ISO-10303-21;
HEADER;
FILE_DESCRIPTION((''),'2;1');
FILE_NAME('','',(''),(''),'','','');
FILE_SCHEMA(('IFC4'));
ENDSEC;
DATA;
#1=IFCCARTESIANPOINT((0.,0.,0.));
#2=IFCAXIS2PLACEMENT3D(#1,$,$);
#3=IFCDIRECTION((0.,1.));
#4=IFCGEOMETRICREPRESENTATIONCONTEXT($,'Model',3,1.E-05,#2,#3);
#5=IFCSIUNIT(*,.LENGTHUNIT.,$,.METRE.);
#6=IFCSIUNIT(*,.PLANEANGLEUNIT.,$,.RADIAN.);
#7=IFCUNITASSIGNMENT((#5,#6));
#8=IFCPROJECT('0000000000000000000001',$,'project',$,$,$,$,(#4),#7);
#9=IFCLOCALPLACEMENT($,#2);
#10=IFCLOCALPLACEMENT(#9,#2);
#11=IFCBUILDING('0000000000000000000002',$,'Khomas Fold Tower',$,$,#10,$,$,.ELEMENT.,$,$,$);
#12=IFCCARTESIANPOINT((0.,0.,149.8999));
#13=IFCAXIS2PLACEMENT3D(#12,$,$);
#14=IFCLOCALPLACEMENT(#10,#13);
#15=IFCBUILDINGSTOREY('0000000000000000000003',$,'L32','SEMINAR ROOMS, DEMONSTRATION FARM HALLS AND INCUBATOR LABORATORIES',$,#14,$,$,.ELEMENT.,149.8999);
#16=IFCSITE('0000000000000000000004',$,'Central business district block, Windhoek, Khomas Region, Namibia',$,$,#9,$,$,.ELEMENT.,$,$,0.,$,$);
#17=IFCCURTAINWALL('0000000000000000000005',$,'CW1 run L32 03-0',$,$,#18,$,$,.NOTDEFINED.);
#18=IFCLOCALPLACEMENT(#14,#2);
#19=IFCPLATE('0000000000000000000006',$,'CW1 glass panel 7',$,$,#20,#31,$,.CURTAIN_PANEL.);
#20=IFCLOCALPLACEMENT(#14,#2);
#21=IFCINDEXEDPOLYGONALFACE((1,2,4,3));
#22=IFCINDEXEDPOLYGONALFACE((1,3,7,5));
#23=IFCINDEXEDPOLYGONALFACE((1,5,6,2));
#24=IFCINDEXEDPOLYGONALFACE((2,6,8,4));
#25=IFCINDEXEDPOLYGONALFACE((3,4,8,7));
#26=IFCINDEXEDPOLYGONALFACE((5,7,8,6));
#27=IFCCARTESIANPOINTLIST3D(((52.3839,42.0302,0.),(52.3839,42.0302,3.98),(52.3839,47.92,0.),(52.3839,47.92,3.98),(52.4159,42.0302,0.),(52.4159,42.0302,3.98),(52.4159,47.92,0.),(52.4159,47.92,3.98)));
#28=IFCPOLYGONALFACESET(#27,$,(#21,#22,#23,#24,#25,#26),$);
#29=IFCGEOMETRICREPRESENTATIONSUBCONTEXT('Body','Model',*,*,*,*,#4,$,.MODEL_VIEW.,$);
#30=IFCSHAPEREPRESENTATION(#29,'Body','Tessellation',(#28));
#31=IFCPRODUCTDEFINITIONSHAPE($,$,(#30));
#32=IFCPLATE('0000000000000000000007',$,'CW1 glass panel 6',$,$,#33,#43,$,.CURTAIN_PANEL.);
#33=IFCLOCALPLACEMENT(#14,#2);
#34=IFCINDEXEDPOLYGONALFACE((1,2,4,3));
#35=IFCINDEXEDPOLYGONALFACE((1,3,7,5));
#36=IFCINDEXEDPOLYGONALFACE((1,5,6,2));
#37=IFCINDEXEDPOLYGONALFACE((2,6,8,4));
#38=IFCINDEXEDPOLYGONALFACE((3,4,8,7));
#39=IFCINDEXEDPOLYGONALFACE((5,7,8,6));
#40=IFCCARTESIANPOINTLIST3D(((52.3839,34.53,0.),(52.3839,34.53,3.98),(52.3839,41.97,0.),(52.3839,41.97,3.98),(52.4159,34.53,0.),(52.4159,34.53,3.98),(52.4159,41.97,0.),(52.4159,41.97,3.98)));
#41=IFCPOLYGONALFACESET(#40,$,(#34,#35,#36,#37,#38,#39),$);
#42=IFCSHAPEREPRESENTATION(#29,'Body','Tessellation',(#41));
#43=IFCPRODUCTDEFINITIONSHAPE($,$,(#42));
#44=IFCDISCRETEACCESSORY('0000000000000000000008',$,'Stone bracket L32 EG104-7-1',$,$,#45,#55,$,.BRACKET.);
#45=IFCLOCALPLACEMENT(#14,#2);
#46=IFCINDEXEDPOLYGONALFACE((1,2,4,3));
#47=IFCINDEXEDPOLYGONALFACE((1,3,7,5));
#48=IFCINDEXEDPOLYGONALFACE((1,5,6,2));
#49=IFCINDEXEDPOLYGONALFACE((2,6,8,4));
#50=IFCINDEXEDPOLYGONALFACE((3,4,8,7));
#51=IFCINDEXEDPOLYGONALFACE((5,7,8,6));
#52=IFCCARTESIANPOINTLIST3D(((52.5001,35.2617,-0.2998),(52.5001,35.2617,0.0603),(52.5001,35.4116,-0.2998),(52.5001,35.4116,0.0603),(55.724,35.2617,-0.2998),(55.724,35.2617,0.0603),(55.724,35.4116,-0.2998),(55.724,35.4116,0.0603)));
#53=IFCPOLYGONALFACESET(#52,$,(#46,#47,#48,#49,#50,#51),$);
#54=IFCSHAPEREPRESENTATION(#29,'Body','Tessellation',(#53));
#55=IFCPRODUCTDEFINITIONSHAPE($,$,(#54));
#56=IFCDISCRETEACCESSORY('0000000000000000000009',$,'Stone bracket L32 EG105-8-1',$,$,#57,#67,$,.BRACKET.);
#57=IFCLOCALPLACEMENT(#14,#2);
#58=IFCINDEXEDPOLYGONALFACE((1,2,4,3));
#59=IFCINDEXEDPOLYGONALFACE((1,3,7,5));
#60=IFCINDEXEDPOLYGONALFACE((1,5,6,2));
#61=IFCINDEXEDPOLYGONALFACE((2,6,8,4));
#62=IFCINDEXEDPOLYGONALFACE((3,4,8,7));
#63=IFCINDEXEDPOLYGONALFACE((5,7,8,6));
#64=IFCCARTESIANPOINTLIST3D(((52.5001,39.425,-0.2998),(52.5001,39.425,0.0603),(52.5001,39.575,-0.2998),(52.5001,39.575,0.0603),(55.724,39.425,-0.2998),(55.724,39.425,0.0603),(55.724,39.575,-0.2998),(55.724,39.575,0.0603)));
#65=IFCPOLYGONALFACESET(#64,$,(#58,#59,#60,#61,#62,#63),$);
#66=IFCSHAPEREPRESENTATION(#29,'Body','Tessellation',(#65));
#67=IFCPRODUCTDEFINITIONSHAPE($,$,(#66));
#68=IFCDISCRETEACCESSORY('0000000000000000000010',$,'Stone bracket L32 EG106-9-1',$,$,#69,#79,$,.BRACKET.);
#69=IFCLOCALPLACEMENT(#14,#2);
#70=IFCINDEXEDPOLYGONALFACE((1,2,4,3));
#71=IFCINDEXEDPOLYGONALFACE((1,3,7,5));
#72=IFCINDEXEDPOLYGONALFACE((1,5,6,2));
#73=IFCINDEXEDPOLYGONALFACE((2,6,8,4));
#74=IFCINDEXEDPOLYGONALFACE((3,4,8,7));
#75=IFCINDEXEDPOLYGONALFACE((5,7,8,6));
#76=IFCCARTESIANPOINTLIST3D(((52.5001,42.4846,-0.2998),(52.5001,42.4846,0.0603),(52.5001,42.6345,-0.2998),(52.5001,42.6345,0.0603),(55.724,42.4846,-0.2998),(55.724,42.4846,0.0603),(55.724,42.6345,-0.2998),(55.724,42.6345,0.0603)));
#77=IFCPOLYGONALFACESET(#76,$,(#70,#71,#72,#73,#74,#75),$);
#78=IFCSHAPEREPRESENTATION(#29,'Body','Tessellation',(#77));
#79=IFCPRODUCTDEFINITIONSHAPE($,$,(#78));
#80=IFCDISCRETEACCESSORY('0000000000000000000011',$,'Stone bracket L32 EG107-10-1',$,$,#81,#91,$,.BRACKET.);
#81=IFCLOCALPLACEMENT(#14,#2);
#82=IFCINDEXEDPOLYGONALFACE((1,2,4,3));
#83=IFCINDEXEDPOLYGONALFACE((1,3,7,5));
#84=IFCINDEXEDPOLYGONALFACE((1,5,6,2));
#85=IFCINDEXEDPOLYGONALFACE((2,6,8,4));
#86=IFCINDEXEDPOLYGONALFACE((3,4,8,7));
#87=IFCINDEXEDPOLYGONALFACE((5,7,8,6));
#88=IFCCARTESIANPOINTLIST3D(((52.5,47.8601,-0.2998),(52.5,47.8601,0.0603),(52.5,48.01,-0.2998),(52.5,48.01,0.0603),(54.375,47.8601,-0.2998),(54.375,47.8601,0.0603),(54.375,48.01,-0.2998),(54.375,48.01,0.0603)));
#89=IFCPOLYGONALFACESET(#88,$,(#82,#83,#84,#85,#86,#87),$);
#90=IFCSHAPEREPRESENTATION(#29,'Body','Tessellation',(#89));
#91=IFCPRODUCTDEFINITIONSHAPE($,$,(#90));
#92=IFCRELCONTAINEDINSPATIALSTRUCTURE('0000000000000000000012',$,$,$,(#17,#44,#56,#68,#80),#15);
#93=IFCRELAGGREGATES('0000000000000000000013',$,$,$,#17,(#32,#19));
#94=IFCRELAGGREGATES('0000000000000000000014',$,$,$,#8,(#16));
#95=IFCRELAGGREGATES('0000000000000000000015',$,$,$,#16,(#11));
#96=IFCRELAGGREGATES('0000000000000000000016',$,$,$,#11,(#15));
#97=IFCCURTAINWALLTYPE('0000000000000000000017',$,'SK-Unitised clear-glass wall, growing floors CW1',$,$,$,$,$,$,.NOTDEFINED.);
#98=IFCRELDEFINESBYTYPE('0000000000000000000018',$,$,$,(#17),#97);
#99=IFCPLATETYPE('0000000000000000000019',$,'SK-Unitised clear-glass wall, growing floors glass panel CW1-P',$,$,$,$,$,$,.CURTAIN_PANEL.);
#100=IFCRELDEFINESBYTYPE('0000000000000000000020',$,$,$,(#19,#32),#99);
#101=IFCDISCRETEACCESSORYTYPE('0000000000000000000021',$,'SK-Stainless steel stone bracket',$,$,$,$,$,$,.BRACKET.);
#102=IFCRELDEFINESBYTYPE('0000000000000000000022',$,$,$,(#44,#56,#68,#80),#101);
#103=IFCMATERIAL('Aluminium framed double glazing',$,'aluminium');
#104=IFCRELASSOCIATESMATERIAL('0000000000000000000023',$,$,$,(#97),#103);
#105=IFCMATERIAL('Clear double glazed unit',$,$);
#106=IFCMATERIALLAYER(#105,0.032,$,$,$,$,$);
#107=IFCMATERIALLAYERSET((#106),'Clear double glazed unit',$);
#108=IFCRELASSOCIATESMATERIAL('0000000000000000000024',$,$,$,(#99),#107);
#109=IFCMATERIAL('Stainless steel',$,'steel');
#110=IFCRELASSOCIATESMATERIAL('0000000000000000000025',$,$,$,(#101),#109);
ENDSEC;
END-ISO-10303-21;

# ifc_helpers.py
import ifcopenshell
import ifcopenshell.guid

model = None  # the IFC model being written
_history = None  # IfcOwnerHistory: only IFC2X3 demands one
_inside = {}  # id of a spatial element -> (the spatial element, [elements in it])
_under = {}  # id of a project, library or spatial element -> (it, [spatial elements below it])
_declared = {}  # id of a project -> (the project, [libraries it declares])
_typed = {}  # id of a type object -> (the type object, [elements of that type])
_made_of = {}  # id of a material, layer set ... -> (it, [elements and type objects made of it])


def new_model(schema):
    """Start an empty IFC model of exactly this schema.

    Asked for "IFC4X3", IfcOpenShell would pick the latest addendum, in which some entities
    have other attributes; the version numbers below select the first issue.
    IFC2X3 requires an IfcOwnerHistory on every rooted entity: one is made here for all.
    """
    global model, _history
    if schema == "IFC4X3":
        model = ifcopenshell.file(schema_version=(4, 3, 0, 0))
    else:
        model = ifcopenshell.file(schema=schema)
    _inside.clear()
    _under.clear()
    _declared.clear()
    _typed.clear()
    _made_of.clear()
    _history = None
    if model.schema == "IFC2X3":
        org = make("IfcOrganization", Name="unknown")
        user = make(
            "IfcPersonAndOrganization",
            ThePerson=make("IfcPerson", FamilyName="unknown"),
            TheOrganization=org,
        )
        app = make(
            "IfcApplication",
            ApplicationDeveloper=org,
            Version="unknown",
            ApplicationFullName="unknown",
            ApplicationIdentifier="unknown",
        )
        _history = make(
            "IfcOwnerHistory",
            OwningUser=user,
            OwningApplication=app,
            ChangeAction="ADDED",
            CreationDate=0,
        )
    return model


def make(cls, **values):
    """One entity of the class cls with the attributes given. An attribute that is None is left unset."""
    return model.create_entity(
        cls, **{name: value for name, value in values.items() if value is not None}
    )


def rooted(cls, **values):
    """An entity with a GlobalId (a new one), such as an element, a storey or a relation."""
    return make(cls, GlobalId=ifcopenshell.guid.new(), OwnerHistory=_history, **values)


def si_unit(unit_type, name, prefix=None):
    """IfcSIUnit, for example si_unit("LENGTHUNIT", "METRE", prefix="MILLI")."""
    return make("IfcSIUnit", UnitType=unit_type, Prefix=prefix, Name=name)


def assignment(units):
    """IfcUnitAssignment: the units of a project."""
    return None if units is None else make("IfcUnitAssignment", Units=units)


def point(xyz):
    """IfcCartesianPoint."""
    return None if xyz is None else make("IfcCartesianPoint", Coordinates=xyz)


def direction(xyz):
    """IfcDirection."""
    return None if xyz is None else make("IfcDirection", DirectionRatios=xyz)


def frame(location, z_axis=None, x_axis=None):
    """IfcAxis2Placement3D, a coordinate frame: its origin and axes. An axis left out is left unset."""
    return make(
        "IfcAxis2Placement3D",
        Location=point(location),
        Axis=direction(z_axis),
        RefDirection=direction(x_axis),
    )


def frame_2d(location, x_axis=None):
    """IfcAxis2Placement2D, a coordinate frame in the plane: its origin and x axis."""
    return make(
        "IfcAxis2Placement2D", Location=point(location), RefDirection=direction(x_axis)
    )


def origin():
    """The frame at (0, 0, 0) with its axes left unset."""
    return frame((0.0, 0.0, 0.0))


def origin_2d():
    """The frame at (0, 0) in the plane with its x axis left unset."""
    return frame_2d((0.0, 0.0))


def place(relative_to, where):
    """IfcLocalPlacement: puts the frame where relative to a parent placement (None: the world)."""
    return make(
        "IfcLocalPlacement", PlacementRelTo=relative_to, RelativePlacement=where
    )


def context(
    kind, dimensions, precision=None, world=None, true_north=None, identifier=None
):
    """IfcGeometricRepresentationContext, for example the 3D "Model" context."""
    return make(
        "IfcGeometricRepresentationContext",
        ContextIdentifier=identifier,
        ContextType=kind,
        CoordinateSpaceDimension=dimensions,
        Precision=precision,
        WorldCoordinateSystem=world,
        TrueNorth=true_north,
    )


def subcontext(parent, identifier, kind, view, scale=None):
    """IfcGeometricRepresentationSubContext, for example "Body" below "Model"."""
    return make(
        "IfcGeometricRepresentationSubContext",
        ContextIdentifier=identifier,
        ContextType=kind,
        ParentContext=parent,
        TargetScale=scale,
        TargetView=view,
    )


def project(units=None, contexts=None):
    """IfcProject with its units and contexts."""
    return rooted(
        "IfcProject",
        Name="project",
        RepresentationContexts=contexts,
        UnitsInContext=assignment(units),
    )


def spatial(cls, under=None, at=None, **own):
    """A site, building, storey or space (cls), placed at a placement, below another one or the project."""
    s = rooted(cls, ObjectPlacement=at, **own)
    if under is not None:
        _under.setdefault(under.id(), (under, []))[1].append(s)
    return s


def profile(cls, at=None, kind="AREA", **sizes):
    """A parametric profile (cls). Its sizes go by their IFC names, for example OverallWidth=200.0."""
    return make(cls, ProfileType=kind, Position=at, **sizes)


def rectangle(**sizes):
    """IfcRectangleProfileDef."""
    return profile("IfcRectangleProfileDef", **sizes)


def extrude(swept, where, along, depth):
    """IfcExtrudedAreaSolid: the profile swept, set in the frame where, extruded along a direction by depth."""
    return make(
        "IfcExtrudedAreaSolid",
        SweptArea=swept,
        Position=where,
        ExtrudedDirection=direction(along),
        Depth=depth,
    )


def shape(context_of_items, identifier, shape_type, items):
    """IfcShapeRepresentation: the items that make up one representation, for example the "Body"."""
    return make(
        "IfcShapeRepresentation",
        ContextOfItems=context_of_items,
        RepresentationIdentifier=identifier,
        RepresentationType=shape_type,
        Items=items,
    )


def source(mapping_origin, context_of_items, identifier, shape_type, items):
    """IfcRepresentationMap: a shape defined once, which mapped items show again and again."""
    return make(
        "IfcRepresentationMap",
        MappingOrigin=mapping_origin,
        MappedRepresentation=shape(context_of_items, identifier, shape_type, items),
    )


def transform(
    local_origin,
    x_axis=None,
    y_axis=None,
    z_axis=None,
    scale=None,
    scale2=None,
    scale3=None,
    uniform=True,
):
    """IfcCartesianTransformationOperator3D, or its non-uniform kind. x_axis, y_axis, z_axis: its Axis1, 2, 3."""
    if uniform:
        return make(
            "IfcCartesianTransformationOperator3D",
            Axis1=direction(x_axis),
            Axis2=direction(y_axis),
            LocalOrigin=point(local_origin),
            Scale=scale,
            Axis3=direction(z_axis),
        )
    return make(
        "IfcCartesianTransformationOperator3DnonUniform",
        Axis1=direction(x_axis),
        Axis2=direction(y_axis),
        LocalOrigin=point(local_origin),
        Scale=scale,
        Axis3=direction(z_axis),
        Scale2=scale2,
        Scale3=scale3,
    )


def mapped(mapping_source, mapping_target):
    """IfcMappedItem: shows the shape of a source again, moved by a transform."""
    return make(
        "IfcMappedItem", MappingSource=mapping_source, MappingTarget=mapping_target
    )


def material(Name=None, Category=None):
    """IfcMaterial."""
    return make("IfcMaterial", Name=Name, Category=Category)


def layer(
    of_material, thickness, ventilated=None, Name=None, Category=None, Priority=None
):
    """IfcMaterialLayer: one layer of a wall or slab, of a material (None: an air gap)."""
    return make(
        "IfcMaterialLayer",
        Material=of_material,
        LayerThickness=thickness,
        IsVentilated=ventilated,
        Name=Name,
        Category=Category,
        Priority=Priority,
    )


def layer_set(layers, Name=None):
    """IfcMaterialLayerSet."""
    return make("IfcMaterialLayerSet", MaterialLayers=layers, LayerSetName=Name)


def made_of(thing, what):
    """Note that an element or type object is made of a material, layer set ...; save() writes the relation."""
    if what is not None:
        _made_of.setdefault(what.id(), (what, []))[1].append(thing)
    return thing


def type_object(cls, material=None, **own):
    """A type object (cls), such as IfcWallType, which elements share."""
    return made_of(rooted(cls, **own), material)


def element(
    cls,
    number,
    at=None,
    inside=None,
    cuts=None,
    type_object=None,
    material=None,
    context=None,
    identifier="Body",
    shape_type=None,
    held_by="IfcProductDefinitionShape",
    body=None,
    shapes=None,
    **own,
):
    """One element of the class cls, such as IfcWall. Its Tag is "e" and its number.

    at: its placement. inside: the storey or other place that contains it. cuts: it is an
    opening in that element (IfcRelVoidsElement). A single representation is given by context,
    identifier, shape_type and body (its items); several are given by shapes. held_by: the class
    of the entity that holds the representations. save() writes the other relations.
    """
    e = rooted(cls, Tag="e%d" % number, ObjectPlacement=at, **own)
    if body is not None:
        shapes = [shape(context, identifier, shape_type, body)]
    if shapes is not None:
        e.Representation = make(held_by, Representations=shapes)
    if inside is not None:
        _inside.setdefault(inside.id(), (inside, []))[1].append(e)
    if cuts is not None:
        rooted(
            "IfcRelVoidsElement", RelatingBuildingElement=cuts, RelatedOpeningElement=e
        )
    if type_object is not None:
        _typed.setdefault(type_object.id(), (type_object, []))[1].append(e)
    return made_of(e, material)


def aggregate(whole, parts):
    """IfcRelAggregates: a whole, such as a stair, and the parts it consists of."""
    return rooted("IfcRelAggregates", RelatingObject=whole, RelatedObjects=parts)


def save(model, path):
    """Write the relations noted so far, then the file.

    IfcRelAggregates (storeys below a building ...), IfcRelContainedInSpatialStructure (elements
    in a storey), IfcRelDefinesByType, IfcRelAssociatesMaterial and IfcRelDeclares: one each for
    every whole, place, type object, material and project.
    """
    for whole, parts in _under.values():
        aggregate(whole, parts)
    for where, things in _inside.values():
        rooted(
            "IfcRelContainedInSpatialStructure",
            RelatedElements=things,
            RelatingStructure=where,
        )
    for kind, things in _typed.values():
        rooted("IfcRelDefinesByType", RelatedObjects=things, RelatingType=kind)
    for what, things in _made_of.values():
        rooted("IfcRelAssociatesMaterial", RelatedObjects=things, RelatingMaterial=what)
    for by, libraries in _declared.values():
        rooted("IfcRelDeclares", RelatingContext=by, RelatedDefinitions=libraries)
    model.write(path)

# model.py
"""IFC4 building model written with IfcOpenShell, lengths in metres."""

from ifc_helpers import new_model, si_unit, direction, frame, origin, origin_2d, place, context, subcontext, project, spatial, rectangle, extrude, source, transform, mapped, material, layer, layer_set, type_object, element, aggregate, save


model = new_model("IFC4")

# Units and contexts
model_context = context("Model", 3, precision=1e-05, world=origin(), true_north=direction((0.0, 1.0)))
body_context = subcontext(model_context, "Body", "Model", "MODEL_VIEW")
ifc_project = project(units=[si_unit("LENGTHUNIT", "METRE"), si_unit("PLANEANGLEUNIT", "RADIAN")], contexts=[model_context])

# Site, building, storey
site_placement = place(None, origin())
site = spatial("IfcSite", under=ifc_project, at=site_placement, Name="Central business district block, Windhoek, Khomas Region, Namibia", CompositionType="ELEMENT", RefElevation=0.0)
building_placement = place(site_placement, origin())
building = spatial("IfcBuilding", under=site, at=building_placement, Name="Khomas Fold Tower", CompositionType="ELEMENT")
storey_placement = place(building_placement, frame((0.0, 0.0, 149.8999)))
storey = spatial("IfcBuildingStorey", under=building, at=storey_placement, Name="L32", Description="SEMINAR ROOMS, DEMONSTRATION FARM HALLS AND INCUBATOR LABORATORIES", CompositionType="ELEMENT", Elevation=149.8999)

# Curtain wall
ifc_material_1 = material(Name="Aluminium framed double glazing", Category="aluminium")
curtain_wall_type = type_object("IfcCurtainWallType", Name="SK-Unitised clear-glass wall, growing floors CW1", PredefinedType="NOTDEFINED", material=ifc_material_1)
curtain_wall_placement = place(storey_placement, origin())
curtain_wall = element("IfcCurtainWall", 1, at=curtain_wall_placement, inside=storey, type_object=curtain_wall_type, Name="CW1 run L32 03-0", PredefinedType="NOTDEFINED")

# Plates
ifc_material_2 = material(Name="Clear double glazed unit")
ifc_layer_1 = layer(ifc_material_2, 0.032)
ifc_layer_set_1 = layer_set([ifc_layer_1], Name="Clear double glazed unit")
plate_type_1 = type_object("IfcPlateType", Name="SK-Unitised clear-glass wall, growing floors glass panel CW1-P", PredefinedType="CURTAIN_PANEL", material=ifc_layer_set_1)
shared_shape_1 = source(origin(), body_context, "Body", "SweptSolid", [
    extrude(rectangle(XDim=5.8899, YDim=0.032, at=origin_2d()), origin(), (0.0, 0.0, 1.0), 3.98),
])
plate_1_placement = place(storey_placement, frame((52.3999, 44.9751, 0.0), z_axis=(0.0, 0.0, 1.0), x_axis=(0.0, 1.0, 0.0)))
plate_1 = element("IfcPlate", 2, at=plate_1_placement, type_object=plate_type_1, Name="CW1 glass panel 7", PredefinedType="CURTAIN_PANEL", context=body_context, shape_type="MappedRepresentation", body=[
    mapped(shared_shape_1, transform((0.0, 0.0, 0.0))),
])
shared_shape_2 = source(origin(), body_context, "Body", "SweptSolid", [
    extrude(rectangle(XDim=7.4399, YDim=0.032, at=origin_2d()), origin(), (0.0, 0.0, 1.0), 3.98),
])
plate_2_placement = place(storey_placement, frame((52.3999, 38.25, 0.0), z_axis=(0.0, 0.0, 1.0), x_axis=(0.0, 1.0, 0.0)))
plate_2 = element("IfcPlate", 3, at=plate_2_placement, type_object=plate_type_1, Name="CW1 glass panel 6", PredefinedType="CURTAIN_PANEL", context=body_context, shape_type="MappedRepresentation", body=[
    mapped(shared_shape_2, transform((0.0, 0.0, 0.0))),
])
aggregate(curtain_wall, [plate_2, plate_1])

# Discrete accessories
ifc_material_3 = material(Name="Stainless steel", Category="steel")
discrete_accessory_type = type_object("IfcDiscreteAccessoryType", Name="SK-Stainless steel stone bracket", PredefinedType="BRACKET", material=ifc_material_3)
shared_shape_3 = source(origin(), body_context, "Body", "SweptSolid", [
    extrude(rectangle(XDim=3.2239, YDim=0.1499, at=origin_2d()), origin(), (0.0, 0.0, 1.0), 0.3601),
])
for number, where, z_axis, x_axis, name in (
    (4, (54.1121, 35.3367, -0.2998), (0.0, 0.0, 1.0), (1.0, 0.0, 0.0), "Stone bracket L32 EG104-7-1"),
    (5, (54.1121, 39.5, -0.2998), (0.0, 0.0, 1.0), (1.0, 0.0, 0.0), "Stone bracket L32 EG105-8-1"),
    (6, (54.1121, 42.5596, -0.2998), (0.0, 0.0, 1.0), (1.0, 0.0, 0.0), "Stone bracket L32 EG106-9-1"),
):
    element("IfcDiscreteAccessory", number, at=place(storey_placement, frame(where, z_axis=z_axis, x_axis=x_axis)), inside=storey, type_object=discrete_accessory_type, Name=name, PredefinedType="BRACKET", context=body_context, shape_type="MappedRepresentation", body=[
        mapped(shared_shape_3, transform((0.0, 0.0, 0.0))),
    ])
shared_shape_4 = source(origin(), body_context, "Body", "SweptSolid", [
    extrude(rectangle(XDim=1.875, YDim=0.1499, at=origin_2d()), origin(), (0.0, 0.0, 1.0), 0.3601),
])
discrete_accessory_placement = place(storey_placement, frame((53.4375, 47.9351, -0.2998), z_axis=(0.0, 0.0, 1.0), x_axis=(1.0, 0.0, 0.0)))
element("IfcDiscreteAccessory", 7, at=discrete_accessory_placement, inside=storey, type_object=discrete_accessory_type, Name="Stone bracket L32 EG107-10-1", PredefinedType="BRACKET", context=body_context, shape_type="MappedRepresentation", body=[
    mapped(shared_shape_4, transform((0.0, 0.0, 0.0))),
])

save(model, "model.ifc")
